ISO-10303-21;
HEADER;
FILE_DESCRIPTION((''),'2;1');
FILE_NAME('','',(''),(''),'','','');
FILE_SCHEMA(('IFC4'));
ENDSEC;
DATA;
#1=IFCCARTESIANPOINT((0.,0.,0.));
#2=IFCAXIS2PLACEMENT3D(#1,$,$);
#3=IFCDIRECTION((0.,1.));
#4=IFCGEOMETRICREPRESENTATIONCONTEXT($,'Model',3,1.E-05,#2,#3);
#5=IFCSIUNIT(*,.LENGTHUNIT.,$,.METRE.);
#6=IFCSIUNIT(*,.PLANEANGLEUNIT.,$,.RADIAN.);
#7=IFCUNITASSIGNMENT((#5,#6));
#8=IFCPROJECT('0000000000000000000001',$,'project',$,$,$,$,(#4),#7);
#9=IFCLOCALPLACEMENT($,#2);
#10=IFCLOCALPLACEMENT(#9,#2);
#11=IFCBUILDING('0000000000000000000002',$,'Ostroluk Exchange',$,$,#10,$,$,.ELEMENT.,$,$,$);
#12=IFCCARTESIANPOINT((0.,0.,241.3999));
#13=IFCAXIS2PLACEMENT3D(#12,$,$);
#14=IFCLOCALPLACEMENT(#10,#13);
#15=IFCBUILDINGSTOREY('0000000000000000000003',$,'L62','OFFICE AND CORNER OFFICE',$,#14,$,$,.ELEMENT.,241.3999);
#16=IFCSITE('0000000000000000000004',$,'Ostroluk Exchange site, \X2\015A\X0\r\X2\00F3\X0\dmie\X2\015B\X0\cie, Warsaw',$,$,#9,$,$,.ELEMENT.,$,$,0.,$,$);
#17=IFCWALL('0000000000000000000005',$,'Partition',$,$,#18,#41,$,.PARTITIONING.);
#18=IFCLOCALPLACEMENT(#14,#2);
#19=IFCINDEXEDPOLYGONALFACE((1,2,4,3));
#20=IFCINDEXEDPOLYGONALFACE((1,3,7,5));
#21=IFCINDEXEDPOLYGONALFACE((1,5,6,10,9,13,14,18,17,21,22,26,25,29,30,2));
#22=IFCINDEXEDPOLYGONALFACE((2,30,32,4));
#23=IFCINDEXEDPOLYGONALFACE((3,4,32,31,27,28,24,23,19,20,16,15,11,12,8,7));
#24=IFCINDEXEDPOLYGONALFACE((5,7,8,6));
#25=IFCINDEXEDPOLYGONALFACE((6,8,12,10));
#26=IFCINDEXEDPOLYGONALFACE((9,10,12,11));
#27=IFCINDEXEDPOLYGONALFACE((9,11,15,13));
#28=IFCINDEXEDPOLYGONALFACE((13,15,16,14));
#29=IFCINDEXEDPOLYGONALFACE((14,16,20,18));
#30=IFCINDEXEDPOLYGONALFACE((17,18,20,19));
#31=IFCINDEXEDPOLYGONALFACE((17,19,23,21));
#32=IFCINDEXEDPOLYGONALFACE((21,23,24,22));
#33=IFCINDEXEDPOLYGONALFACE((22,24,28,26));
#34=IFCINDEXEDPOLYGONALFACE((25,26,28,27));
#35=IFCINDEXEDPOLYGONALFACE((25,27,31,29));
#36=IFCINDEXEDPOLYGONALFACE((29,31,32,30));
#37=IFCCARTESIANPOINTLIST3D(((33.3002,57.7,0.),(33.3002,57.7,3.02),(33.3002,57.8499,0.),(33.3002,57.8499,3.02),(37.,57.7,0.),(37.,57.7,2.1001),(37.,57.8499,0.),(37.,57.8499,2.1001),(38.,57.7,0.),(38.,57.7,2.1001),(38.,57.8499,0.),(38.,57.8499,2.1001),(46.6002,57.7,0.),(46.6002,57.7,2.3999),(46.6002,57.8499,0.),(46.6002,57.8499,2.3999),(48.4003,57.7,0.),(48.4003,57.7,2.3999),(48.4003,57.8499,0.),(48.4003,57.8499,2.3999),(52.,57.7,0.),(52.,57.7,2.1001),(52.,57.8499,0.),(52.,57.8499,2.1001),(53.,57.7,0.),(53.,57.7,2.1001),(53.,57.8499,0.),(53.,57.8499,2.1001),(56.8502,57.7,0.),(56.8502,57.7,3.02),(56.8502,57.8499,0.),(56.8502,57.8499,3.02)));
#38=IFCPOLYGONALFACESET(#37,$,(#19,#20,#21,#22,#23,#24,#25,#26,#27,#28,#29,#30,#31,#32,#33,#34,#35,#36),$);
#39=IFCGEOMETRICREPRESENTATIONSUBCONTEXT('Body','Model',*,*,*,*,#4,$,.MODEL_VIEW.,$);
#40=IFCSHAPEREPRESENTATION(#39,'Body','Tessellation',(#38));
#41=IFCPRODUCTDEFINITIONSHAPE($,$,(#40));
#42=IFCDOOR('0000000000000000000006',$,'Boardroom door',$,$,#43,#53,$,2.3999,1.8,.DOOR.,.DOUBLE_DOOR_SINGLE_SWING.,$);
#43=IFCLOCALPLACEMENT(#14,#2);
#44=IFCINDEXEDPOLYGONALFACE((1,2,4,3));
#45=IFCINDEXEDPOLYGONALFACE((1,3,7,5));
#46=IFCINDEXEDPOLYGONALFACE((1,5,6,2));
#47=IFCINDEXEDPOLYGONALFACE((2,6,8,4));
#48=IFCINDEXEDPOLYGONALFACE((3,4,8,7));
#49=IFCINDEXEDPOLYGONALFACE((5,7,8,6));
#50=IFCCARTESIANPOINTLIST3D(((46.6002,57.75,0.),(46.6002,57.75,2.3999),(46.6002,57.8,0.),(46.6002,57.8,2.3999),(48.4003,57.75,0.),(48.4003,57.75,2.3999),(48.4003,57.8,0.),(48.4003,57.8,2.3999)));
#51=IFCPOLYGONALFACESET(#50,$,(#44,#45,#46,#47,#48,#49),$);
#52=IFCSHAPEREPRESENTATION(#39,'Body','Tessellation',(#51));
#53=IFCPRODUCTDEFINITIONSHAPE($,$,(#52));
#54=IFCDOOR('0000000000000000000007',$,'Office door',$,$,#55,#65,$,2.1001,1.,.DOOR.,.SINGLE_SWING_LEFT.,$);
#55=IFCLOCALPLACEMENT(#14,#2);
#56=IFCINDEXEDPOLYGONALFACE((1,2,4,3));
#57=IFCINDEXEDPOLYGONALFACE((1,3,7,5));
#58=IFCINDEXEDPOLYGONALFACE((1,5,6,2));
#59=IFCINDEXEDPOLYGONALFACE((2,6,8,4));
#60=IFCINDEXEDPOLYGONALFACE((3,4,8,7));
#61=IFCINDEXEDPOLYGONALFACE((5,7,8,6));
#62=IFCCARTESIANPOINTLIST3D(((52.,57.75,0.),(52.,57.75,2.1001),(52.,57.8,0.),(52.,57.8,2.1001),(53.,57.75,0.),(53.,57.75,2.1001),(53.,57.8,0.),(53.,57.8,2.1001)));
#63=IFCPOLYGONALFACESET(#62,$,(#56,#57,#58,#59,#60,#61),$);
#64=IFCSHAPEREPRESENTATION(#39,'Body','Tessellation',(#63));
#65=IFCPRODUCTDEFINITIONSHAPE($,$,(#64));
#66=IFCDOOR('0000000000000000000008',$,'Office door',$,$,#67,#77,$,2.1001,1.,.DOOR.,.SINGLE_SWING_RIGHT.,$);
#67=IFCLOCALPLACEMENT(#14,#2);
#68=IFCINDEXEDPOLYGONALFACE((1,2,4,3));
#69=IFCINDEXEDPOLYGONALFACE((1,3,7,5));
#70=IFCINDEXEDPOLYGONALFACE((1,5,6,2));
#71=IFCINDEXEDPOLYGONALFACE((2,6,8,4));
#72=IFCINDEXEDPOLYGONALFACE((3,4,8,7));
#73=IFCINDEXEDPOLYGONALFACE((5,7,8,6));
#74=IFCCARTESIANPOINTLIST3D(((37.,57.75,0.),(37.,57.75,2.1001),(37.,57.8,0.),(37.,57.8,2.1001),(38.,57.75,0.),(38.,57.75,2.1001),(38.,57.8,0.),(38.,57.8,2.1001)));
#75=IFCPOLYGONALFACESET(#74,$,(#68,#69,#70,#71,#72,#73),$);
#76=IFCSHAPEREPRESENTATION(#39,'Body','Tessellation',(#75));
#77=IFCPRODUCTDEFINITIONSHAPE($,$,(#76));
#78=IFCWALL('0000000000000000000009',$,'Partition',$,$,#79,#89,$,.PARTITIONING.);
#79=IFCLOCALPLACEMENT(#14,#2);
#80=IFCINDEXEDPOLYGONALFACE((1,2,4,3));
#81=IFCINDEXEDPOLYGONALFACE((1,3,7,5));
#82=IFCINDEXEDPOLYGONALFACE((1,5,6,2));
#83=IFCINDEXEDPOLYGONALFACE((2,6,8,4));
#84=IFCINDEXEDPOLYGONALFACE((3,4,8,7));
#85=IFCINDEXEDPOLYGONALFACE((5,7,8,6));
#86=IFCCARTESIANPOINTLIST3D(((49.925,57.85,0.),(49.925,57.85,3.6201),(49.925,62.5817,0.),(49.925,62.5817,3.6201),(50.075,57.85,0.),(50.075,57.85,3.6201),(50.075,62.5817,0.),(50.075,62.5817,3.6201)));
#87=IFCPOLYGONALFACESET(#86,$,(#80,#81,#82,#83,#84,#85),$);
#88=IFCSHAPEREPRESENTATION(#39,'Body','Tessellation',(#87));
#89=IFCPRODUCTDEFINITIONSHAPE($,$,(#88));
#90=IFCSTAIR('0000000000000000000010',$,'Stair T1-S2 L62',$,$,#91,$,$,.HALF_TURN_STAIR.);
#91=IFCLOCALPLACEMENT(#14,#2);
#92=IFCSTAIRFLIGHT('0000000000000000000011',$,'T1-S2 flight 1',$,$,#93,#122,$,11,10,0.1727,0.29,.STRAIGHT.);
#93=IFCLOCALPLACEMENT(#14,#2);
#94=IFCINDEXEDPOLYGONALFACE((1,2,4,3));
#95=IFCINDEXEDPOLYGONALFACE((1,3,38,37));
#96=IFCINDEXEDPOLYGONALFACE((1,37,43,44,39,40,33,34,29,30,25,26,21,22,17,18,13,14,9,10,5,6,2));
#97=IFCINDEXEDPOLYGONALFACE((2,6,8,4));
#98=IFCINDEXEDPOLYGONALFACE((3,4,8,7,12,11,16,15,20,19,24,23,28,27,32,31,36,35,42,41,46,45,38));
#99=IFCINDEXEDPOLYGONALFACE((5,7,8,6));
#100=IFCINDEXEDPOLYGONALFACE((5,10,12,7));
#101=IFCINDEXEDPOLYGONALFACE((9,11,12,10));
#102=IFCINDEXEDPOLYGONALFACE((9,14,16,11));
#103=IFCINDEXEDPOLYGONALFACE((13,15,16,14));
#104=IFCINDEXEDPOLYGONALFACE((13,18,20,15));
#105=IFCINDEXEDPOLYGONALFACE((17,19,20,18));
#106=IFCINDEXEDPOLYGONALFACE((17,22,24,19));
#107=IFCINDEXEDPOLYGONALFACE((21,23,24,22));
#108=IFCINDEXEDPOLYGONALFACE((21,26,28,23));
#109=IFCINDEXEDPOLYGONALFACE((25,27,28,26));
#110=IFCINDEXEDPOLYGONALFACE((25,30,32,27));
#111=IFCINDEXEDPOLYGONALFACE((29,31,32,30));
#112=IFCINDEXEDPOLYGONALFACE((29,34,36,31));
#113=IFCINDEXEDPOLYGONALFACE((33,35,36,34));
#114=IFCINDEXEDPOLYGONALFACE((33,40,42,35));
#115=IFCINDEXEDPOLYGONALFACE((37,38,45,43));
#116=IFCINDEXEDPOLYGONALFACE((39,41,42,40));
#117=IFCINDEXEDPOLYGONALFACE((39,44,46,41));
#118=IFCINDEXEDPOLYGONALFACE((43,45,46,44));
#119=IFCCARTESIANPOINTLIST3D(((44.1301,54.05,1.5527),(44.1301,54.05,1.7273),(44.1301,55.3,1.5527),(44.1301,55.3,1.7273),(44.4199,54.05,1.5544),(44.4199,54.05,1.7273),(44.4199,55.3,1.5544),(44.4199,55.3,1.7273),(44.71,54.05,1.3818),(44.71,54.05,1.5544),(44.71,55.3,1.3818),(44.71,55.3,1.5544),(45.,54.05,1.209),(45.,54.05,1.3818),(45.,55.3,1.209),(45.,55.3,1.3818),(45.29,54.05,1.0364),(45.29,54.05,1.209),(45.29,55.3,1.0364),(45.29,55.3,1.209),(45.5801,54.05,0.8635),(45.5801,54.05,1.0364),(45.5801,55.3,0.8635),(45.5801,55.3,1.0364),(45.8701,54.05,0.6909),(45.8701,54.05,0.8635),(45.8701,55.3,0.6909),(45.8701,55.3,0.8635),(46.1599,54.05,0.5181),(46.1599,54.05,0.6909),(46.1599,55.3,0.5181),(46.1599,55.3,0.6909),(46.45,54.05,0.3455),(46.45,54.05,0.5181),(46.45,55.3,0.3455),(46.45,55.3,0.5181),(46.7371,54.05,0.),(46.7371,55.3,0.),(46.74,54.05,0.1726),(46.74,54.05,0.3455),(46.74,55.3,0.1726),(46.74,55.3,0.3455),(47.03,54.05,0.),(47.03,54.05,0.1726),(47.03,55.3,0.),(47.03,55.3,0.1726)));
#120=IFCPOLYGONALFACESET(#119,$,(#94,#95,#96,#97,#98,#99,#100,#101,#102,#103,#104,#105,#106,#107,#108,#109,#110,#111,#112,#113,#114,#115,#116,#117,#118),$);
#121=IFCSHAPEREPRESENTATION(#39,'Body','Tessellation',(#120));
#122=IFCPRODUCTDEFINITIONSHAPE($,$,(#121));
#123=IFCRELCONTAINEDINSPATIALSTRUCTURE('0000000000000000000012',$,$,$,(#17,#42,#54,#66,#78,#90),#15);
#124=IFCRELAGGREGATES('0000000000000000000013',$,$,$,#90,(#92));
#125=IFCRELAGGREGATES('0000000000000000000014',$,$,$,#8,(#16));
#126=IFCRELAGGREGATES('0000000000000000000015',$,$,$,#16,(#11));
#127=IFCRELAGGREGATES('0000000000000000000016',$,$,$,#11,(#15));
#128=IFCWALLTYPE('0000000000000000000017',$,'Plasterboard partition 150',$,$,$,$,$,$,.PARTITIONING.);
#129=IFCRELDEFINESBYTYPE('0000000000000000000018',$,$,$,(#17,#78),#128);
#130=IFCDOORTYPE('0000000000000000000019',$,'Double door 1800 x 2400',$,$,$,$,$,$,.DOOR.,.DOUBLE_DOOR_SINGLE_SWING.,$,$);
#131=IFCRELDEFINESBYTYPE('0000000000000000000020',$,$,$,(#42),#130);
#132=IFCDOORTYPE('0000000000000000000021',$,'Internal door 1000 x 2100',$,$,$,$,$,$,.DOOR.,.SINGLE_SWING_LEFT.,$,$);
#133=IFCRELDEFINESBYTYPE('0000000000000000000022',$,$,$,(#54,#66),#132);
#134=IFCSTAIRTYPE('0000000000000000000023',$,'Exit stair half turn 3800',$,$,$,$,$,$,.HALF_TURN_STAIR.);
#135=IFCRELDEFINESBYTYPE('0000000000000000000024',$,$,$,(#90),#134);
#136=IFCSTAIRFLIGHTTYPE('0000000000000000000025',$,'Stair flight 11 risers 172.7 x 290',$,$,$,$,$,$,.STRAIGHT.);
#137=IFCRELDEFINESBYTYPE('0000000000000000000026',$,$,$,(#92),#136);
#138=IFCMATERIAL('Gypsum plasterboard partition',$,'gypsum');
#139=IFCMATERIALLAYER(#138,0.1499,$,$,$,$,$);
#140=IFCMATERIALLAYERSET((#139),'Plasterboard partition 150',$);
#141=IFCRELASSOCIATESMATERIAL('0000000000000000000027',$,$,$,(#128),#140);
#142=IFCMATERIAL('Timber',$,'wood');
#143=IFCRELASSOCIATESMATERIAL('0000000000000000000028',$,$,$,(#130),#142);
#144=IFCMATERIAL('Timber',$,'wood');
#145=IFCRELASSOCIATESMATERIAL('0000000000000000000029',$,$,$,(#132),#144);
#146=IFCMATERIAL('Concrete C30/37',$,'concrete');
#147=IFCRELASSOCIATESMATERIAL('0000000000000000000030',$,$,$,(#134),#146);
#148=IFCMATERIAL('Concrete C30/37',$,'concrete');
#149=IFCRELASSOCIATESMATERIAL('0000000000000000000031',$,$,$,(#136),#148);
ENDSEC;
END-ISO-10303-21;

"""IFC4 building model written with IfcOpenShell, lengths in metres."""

from ifc_helpers import new_model, si_unit, direction, frame, frame_2d, origin, place, context, subcontext, project, spatial, polyline, rectangle, outline, extrude, material, layer, layer_set, type_object, element, fill, aggregate, save


model = new_model("IFC4")

# Units and contexts
model_context = context("Model", 3, precision=1e-05, world=origin(), true_north=direction((0.0, 1.0)))
body_context = subcontext(model_context, "Body", "Model", "MODEL_VIEW")
ifc_project = project(units=[si_unit("LENGTHUNIT", "METRE"), si_unit("PLANEANGLEUNIT", "RADIAN")], contexts=[model_context])

# Site, building, storey
site_placement = place(None, origin())
site = spatial("IfcSite", under=ifc_project, at=site_placement, Name="Ostroluk Exchange site, Śródmieście, Warsaw", CompositionType="ELEMENT", RefElevation=0.0)
building_placement = place(site_placement, origin())
building = spatial("IfcBuilding", under=site, at=building_placement, Name="Ostroluk Exchange", CompositionType="ELEMENT")
storey_placement = place(building_placement, frame((0.0, 0.0, 241.3999)))
storey = spatial("IfcBuildingStorey", under=building, at=storey_placement, Name="L62", Description="OFFICE AND CORNER OFFICE", CompositionType="ELEMENT", Elevation=241.3999)

# Shared definitions
ifc_material_1 = material(Name="Gypsum plasterboard partition", Category="gypsum")
ifc_layer_1 = layer(ifc_material_1, 0.1499)
ifc_layer_set_1 = layer_set([ifc_layer_1], Name="Plasterboard partition 150")
wall_type_1 = type_object("IfcWallType", Name="Plasterboard partition 150", PredefinedType="PARTITIONING", material=ifc_layer_set_1)

# Wall, openings, doors
wall_1_placement = place(storey_placement, frame((56.8501, 57.7749, 0.0), z_axis=(0.0, 0.0, 1.0), x_axis=(-1.0, 0.0, 0.0)))
wall_1 = element("IfcWall", 1, at=wall_1_placement, inside=storey, type_object=wall_type_1, Name="Partition", PredefinedType="PARTITIONING", context=body_context, shape_type="SweptSolid", body=[
    extrude(rectangle(XDim=23.55, YDim=0.1499, at=frame_2d((11.7749, 0.0))), origin(), (0.0, 0.0, 1.0), 3.02),
])
opening_1_placement = place(wall_1_placement, frame((3.8501, 0.0, 0.0)))
opening_1 = element("IfcOpeningElement", 2, at=opening_1_placement, cuts=wall_1, PredefinedType="OPENING", context=body_context, shape_type="SweptSolid", body=[
    extrude(rectangle(XDim=1.0, YDim=2.1001, at=frame_2d((0.5, 1.05))), frame((0.0, 0.085, 0.0), z_axis=(0.0, -1.0, 0.0), x_axis=(1.0, 0.0, 0.0)), (0.0, 0.0, 1.0), 0.1699),
])
opening_2_placement = place(wall_1_placement, frame((8.45, 0.0, 0.0)))
opening_2 = element("IfcOpeningElement", 3, at=opening_2_placement, cuts=wall_1, PredefinedType="OPENING", context=body_context, shape_type="SweptSolid", body=[
    extrude(rectangle(XDim=1.8, YDim=2.3999, at=frame_2d((0.8999, 1.2))), frame((0.0, 0.085, 0.0), z_axis=(0.0, -1.0, 0.0), x_axis=(1.0, 0.0, 0.0)), (0.0, 0.0, 1.0), 0.1699),
])
opening_3_placement = place(wall_1_placement, frame((18.8501, 0.0, 0.0)))
opening_3 = element("IfcOpeningElement", 4, at=opening_3_placement, cuts=wall_1, PredefinedType="OPENING", context=body_context, shape_type="SweptSolid", body=[
    extrude(rectangle(XDim=1.0, YDim=2.1001, at=frame_2d((0.5, 1.05))), frame((0.0, 0.085, 0.0), z_axis=(0.0, -1.0, 0.0), x_axis=(1.0, 0.0, 0.0)), (0.0, 0.0, 1.0), 0.1699),
])
ifc_material_2 = material(Name="Timber", Category="wood")
door_type_1 = type_object("IfcDoorType", Name="Double door 1800 x 2400", OperationType="DOUBLE_DOOR_SINGLE_SWING", PredefinedType="DOOR", material=ifc_material_2)
door_1_placement = place(opening_2_placement, origin())
door_1 = element("IfcDoor", 5, at=door_1_placement, inside=storey, type_object=door_type_1, Name="Boardroom door", OperationType="DOUBLE_DOOR_SINGLE_SWING", OverallHeight=2.3999, OverallWidth=1.8, PredefinedType="DOOR", context=body_context, shape_type="SweptSolid", body=[
    extrude(rectangle(XDim=1.8, YDim=2.3999, at=frame_2d((0.8999, 1.2))), frame((0.0, 0.0249, 0.0), z_axis=(0.0, -1.0, 0.0), x_axis=(1.0, 0.0, 0.0)), (0.0, 0.0, 1.0), 0.05),
])
fill(opening_2, door_1)
ifc_material_3 = material(Name="Timber", Category="wood")
door_type_2 = type_object("IfcDoorType", Name="Internal door 1000 x 2100", OperationType="SINGLE_SWING_LEFT", PredefinedType="DOOR", material=ifc_material_3)
door_2_placement = place(opening_1_placement, origin())
door_2 = element("IfcDoor", 6, at=door_2_placement, inside=storey, type_object=door_type_2, Name="Office door", OperationType="SINGLE_SWING_LEFT", OverallHeight=2.1001, OverallWidth=1.0, PredefinedType="DOOR", context=body_context, shape_type="SweptSolid", body=[
    extrude(rectangle(XDim=1.0, YDim=2.1001, at=frame_2d((0.5, 1.05))), frame((0.0, 0.0249, 0.0), z_axis=(0.0, -1.0, 0.0), x_axis=(1.0, 0.0, 0.0)), (0.0, 0.0, 1.0), 0.05),
])
fill(opening_1, door_2)
door_3_placement = place(opening_3_placement, origin())
door_3 = element("IfcDoor", 7, at=door_3_placement, inside=storey, type_object=door_type_2, Name="Office door", OperationType="SINGLE_SWING_RIGHT", OverallHeight=2.1001, OverallWidth=1.0, PredefinedType="DOOR", context=body_context, shape_type="SweptSolid", body=[
    extrude(rectangle(XDim=1.0, YDim=2.1001, at=frame_2d((0.5, 1.05))), frame((0.0, 0.0249, 0.0), z_axis=(0.0, -1.0, 0.0), x_axis=(1.0, 0.0, 0.0)), (0.0, 0.0, 1.0), 0.05),
])
fill(opening_3, door_3)

# Wall
wall_2_placement = place(storey_placement, frame((50.0, 57.8501, 0.0), z_axis=(0.0, 0.0, 1.0), x_axis=(0.0, 1.0, 0.0)))
element("IfcWall", 8, at=wall_2_placement, inside=storey, type_object=wall_type_1, Name="Partition", PredefinedType="PARTITIONING", context=body_context, shape_type="SweptSolid", body=[
    extrude(rectangle(XDim=4.7317, YDim=0.1499, at=frame_2d((2.3657, 0.0))), origin(), (0.0, 0.0, 1.0), 3.6201),
])

# Stair, stair flight
ifc_material_4 = material(Name="Concrete C30/37", Category="concrete")
stair_type = type_object("IfcStairType", Name="Exit stair half turn 3800", PredefinedType="HALF_TURN_STAIR", material=ifc_material_4)
stair_placement = place(storey_placement, origin())
stair = element("IfcStair", 9, at=stair_placement, inside=storey, type_object=stair_type, Name="Stair T1-S2 L62", PredefinedType="HALF_TURN_STAIR")
ifc_material_5 = material(Name="Concrete C30/37", Category="concrete")
stair_flight_type = type_object("IfcStairFlightType", Name="Stair flight 11 risers 172.7 x 290", PredefinedType="STRAIGHT", material=ifc_material_5)
stair_flight_placement = place(storey_placement, frame((47.03, 54.675, 0.0), z_axis=(0.0, 0.0, 1.0), x_axis=(-1.0, 0.0, 0.0)))
stair_flight = element("IfcStairFlight", 10, at=stair_flight_placement, type_object=stair_flight_type, Name="T1-S2 flight 1", NumberOfRisers=11, NumberOfTreads=10, PredefinedType="STRAIGHT", RiserHeight=0.1727, TreadLength=0.29, context=body_context, shape_type="SweptSolid", body=[
    extrude(outline(polyline([(0.0, 0.0), (0.0, 0.1726), (0.29, 0.1726), (0.29, 0.3455), (0.5801, 0.3455), (0.5801, 0.5181), (0.8701, 0.5181), (0.8701, 0.6909), (1.1599, 0.6909), (1.1599, 0.8635), (1.45, 0.8635), (1.45, 1.0364), (1.74, 1.0364), (1.74, 1.209), (2.03, 1.209), (2.03, 1.3818), (2.3201, 1.3818), (2.3201, 1.5544), (2.6101, 1.5544), (2.6101, 1.7273), (2.8999, 1.7273), (2.8999, 1.8999), (2.8999, 1.5527), (0.293, 0.0), (0.0, 0.0)])), frame((0.0, 0.625, 0.0), z_axis=(0.0, -1.0, 0.0), x_axis=(1.0, 0.0, 0.0)), (0.0, 0.0, 1.0), 1.25),
])
aggregate(stair, [stair_flight])

save(model, "model.ifc")
